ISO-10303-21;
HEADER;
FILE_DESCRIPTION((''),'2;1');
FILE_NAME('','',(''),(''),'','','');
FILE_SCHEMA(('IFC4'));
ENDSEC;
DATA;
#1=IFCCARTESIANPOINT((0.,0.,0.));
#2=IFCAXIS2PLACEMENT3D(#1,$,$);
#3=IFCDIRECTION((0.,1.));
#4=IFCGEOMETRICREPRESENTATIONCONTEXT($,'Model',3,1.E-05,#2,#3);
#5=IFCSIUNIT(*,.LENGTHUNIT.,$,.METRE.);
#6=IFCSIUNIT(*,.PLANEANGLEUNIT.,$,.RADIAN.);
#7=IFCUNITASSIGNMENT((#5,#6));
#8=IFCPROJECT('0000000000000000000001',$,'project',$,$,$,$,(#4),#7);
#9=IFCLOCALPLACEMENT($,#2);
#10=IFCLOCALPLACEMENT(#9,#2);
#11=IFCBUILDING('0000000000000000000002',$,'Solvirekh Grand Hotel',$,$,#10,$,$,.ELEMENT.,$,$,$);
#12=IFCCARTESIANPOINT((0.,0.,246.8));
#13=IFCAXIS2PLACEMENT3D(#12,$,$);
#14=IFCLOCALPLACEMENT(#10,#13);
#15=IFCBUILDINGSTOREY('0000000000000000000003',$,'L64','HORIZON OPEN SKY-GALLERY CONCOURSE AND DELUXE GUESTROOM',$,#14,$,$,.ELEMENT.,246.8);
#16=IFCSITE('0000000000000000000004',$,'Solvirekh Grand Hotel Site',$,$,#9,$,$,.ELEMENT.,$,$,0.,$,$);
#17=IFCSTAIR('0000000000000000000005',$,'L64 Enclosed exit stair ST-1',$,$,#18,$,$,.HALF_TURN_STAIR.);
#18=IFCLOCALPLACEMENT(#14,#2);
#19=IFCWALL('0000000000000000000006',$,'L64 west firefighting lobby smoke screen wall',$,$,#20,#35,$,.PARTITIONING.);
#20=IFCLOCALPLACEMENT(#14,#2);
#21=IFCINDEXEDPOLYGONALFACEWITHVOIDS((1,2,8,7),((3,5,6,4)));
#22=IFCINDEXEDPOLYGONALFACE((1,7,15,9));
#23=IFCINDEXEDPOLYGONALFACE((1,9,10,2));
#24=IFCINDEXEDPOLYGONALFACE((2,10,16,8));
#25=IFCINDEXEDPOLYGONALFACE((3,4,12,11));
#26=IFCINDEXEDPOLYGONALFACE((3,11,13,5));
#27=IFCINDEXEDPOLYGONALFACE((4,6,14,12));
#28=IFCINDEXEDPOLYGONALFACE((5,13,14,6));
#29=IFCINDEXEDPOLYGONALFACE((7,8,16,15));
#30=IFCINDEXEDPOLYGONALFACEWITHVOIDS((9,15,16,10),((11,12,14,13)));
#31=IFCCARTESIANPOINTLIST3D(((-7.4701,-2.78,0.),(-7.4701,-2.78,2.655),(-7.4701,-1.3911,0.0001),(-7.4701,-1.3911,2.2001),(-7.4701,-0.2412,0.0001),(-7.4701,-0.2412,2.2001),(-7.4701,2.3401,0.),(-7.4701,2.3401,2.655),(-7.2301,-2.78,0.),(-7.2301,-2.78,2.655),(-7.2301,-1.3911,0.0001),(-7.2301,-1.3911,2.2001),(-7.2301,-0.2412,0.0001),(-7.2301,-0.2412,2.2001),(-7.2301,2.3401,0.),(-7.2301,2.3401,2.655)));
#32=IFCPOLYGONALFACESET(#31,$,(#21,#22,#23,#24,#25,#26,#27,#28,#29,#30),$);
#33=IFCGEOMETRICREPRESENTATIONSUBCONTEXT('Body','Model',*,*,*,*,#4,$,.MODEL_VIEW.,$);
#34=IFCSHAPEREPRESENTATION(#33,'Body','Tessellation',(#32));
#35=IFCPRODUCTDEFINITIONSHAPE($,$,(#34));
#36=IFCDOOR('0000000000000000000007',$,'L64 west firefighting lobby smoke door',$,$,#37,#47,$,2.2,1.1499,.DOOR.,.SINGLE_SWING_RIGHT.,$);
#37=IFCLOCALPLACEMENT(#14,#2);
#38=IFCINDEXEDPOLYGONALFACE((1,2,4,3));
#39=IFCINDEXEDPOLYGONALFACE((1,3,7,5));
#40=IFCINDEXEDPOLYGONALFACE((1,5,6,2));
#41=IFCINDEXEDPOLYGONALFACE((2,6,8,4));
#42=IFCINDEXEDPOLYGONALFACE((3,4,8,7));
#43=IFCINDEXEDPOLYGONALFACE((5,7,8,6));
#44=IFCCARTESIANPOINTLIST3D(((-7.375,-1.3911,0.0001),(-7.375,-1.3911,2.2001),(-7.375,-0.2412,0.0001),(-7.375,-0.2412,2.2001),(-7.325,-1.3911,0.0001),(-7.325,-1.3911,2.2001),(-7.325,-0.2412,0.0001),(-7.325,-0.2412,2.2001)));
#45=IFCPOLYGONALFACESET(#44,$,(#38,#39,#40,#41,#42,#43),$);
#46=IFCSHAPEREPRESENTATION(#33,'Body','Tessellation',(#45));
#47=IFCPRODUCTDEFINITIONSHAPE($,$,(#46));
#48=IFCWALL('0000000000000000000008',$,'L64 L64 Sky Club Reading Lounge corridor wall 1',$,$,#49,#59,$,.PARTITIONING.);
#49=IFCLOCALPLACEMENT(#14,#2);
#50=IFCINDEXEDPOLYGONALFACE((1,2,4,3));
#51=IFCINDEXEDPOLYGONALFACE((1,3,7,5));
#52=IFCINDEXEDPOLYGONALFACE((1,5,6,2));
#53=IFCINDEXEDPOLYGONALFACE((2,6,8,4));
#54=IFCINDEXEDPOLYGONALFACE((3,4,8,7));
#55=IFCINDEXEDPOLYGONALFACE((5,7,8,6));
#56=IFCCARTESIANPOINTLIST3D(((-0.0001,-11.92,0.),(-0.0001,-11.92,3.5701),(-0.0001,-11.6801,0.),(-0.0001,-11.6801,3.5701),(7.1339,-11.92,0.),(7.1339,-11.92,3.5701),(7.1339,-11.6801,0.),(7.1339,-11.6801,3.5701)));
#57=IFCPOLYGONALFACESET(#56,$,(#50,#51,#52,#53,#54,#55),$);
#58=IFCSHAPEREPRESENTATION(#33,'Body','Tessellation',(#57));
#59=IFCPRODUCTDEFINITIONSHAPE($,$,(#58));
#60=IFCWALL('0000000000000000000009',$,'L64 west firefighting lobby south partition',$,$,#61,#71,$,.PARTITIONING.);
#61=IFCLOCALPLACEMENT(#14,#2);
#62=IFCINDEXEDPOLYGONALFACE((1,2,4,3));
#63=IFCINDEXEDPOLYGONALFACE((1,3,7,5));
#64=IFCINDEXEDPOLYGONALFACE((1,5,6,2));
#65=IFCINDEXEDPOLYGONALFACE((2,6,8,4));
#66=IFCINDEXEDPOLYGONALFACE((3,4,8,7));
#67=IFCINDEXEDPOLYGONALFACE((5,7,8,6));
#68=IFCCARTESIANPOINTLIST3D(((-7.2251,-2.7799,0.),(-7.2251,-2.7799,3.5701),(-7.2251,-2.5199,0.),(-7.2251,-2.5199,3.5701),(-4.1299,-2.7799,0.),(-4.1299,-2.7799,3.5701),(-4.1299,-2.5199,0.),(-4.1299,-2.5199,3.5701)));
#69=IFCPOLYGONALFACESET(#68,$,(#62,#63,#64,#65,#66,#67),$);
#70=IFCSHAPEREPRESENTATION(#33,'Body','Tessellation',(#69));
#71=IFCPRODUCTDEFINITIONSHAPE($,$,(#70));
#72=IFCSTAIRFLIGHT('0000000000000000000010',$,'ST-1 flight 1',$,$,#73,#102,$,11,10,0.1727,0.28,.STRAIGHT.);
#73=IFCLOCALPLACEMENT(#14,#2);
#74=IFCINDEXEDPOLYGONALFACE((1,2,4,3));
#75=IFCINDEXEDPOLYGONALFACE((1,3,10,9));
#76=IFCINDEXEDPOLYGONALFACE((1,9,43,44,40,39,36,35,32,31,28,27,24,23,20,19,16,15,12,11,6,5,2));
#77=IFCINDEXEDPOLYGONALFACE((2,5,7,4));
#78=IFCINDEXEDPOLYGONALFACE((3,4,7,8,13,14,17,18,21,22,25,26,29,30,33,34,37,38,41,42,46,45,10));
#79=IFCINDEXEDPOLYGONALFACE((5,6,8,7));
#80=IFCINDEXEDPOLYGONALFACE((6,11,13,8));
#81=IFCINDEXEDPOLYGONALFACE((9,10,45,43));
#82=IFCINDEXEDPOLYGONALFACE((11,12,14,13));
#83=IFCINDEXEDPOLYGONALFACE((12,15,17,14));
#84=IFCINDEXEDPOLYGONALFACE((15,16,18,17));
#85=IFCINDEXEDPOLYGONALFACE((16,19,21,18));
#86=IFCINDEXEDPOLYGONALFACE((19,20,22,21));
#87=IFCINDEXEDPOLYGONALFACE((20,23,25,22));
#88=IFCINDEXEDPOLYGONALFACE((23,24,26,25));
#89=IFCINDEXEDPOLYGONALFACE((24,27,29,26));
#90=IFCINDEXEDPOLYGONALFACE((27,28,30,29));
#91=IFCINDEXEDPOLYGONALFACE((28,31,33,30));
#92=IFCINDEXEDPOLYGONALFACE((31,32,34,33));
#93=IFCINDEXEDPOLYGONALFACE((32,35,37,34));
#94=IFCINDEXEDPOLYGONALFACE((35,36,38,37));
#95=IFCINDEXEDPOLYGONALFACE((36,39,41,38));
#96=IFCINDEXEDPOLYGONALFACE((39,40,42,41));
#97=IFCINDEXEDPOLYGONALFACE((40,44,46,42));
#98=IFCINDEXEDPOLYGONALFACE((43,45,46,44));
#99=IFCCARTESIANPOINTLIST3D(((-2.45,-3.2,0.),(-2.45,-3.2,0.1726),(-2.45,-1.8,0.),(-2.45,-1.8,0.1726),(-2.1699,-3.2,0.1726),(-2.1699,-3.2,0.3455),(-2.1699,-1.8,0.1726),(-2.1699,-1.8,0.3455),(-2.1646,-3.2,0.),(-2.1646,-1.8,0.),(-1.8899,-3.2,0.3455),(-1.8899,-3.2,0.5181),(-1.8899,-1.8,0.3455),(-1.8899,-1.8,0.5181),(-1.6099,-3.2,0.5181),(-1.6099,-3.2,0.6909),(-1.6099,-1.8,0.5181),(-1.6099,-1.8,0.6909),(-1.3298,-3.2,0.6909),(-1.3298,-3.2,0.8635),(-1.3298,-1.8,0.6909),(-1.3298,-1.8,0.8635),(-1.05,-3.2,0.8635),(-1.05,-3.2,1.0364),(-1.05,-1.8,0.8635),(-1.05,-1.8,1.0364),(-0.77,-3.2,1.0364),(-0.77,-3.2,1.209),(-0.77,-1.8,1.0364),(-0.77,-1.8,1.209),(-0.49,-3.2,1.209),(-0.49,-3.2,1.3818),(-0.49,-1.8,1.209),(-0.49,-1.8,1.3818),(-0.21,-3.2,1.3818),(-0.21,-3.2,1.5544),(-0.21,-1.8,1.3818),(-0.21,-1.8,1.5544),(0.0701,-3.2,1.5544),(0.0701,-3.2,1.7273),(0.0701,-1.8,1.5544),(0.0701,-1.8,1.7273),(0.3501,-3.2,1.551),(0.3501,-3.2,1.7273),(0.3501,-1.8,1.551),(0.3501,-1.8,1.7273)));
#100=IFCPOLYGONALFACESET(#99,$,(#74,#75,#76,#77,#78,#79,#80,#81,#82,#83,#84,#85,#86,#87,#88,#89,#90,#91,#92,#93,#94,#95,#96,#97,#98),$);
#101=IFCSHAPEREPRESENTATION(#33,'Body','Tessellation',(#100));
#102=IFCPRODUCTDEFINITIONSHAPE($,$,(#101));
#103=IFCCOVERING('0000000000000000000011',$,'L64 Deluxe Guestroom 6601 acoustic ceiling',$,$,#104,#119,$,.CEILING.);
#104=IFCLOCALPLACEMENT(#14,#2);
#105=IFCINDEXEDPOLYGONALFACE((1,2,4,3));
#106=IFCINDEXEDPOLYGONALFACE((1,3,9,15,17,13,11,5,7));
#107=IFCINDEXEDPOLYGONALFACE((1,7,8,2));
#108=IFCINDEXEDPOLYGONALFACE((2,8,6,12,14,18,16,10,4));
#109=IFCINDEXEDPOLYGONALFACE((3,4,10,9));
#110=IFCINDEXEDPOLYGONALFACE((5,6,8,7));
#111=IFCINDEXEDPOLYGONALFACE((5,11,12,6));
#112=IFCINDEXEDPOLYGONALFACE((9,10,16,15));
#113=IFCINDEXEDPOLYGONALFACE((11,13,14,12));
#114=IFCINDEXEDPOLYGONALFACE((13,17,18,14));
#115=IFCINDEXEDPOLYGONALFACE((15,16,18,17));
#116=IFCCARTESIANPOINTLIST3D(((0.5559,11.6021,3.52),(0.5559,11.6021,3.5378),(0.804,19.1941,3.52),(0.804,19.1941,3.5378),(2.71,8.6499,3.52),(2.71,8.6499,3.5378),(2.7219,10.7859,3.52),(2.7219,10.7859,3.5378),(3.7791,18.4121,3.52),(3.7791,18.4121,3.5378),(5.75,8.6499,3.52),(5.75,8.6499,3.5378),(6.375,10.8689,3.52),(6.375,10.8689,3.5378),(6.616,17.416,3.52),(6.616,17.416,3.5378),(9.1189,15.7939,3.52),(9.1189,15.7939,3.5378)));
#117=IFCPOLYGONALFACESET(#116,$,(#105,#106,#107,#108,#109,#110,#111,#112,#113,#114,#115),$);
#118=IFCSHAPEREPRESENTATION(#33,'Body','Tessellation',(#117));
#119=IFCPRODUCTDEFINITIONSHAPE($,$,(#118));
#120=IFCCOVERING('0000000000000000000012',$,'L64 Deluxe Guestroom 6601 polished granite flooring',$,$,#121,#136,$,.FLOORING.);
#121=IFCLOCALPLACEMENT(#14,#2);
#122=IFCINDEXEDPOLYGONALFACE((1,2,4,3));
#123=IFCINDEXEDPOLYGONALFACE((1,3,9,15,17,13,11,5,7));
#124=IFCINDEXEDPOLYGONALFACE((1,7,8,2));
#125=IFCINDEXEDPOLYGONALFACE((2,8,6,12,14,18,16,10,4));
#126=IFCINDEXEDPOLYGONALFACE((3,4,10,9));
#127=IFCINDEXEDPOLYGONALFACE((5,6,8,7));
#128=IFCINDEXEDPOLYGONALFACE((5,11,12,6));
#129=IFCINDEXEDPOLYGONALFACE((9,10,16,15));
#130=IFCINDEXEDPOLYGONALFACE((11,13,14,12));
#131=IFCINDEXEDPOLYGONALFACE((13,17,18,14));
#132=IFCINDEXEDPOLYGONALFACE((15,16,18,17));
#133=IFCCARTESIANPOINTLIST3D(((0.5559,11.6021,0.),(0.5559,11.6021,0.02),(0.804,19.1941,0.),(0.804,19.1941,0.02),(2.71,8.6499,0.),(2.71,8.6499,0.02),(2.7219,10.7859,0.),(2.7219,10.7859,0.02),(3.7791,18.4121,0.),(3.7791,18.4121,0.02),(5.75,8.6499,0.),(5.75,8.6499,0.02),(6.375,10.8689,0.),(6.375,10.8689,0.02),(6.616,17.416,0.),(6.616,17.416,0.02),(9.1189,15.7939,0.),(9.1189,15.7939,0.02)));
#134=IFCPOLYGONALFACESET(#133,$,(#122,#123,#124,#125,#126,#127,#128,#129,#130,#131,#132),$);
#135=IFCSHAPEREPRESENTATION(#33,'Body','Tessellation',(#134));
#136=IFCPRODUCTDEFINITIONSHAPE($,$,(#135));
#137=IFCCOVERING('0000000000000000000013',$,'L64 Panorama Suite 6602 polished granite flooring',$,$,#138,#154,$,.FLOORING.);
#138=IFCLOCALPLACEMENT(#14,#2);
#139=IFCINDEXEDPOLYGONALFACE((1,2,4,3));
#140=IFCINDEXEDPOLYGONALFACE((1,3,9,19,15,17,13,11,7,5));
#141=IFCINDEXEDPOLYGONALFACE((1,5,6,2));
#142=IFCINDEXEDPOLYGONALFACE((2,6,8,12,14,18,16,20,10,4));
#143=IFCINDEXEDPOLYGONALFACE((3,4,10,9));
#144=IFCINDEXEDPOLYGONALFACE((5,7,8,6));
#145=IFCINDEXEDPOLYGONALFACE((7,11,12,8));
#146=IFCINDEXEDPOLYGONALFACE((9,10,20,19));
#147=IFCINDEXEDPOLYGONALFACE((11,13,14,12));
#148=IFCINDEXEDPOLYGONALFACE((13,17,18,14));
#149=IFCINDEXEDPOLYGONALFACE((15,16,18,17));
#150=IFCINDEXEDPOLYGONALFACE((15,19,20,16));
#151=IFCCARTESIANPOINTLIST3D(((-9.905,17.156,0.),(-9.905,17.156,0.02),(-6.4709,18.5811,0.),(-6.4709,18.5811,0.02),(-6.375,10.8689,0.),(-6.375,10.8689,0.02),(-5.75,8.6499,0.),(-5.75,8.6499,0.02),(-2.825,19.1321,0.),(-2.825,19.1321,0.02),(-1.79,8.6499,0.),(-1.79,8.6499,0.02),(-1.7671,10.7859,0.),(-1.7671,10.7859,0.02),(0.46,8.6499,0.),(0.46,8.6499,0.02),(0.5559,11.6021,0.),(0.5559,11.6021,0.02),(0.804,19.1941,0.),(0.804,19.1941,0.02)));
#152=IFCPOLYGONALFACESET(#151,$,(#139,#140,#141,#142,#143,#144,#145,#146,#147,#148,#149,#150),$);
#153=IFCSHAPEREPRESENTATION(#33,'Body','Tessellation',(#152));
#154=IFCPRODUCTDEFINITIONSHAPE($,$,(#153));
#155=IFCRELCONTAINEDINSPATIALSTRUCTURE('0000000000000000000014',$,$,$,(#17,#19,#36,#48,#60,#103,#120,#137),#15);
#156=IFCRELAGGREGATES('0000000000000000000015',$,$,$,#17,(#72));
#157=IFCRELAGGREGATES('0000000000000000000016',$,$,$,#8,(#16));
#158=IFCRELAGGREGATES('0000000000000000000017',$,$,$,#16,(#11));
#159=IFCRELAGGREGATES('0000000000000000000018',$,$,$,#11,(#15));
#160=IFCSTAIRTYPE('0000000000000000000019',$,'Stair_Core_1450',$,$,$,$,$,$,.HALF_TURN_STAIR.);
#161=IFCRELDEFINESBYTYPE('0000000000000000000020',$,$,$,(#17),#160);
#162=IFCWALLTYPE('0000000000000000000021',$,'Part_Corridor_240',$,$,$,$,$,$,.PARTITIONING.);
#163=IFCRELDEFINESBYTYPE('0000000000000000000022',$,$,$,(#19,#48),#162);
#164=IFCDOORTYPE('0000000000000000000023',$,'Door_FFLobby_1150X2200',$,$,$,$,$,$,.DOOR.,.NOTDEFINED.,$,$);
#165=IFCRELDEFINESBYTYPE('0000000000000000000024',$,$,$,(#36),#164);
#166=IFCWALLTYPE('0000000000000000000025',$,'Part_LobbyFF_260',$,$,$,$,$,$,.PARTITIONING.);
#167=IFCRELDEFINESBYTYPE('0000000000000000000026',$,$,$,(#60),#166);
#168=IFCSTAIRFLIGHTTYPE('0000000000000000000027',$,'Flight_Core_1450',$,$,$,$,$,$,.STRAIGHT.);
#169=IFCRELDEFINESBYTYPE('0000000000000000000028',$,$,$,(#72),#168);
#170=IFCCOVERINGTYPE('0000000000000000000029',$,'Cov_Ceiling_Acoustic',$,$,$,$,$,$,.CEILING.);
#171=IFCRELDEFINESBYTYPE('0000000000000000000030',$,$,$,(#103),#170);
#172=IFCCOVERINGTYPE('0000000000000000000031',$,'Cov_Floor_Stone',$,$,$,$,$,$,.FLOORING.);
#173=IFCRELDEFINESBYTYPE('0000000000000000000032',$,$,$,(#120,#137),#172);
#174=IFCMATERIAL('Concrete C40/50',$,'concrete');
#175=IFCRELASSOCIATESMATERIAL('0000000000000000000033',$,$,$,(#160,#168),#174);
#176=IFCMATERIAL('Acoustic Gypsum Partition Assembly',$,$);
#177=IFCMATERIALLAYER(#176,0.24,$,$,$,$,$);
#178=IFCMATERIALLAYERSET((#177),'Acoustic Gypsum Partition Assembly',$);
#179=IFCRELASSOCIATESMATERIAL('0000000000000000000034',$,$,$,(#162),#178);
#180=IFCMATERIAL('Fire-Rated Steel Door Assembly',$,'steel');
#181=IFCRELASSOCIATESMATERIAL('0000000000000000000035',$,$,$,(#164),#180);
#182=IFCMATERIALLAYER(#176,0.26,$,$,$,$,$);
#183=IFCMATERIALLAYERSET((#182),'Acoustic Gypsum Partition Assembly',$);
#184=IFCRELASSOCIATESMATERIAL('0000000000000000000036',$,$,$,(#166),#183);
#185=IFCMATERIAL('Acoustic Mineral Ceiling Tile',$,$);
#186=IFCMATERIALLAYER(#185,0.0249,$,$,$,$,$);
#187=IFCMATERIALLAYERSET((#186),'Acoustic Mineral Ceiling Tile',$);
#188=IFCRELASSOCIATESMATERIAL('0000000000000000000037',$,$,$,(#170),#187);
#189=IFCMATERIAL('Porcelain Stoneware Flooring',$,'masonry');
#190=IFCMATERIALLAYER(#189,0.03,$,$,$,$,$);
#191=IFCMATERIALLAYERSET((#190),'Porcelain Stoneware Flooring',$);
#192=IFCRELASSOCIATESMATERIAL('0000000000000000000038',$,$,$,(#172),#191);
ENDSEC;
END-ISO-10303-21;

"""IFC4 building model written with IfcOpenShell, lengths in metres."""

from ifc_helpers import new_model, si_unit, direction, frame, frame_2d, origin, place, context, subcontext, project, spatial, polyline, rectangle, outline, extrude, material, layer, layer_set, type_object, element, fill, aggregate, save


model = new_model("IFC4")

# Units and contexts
model_context = context("Model", 3, precision=1e-05, world=origin(), true_north=direction((0.0, 1.0)))
body_context = subcontext(model_context, "Body", "Model", "MODEL_VIEW")
ifc_project = project(units=[si_unit("LENGTHUNIT", "METRE"), si_unit("PLANEANGLEUNIT", "RADIAN")], contexts=[model_context])

# Site, building, storey
site_placement = place(None, origin())
site = spatial("IfcSite", under=ifc_project, at=site_placement, Name="Solvirekh Grand Hotel Site", CompositionType="ELEMENT", RefElevation=0.0)
building_placement = place(site_placement, origin())
building = spatial("IfcBuilding", under=site, at=building_placement, Name="Solvirekh Grand Hotel", CompositionType="ELEMENT")
storey_placement = place(building_placement, frame((0.0, 0.0, 246.8)))
storey = spatial("IfcBuildingStorey", under=building, at=storey_placement, Name="L64", Description="HORIZON OPEN SKY-GALLERY CONCOURSE AND DELUXE GUESTROOM", CompositionType="ELEMENT", Elevation=246.8)

# Stair
ifc_material_1 = material(Name="Concrete C40/50", Category="concrete")
stair_type = type_object("IfcStairType", Name="Stair_Core_1450", PredefinedType="HALF_TURN_STAIR", material=ifc_material_1)
stair_1_placement = place(storey_placement, origin())
stair_1 = element("IfcStair", 1, at=stair_1_placement, inside=storey, type_object=stair_type, Name="L64 Enclosed exit stair ST-1", PredefinedType="HALF_TURN_STAIR")

# Shared definitions
ifc_material_2 = material(Name="Fire-Rated Steel Door Assembly", Category="steel")

# Shared definitions
ifc_material_3 = material(Name="Acoustic Gypsum Partition Assembly")

# Wall, opening, door
ifc_layer_1 = layer(ifc_material_3, 0.24)
ifc_layer_set_1 = layer_set([ifc_layer_1], Name="Acoustic Gypsum Partition Assembly")
wall_type_1 = type_object("IfcWallType", Name="Part_Corridor_240", PredefinedType="PARTITIONING", material=ifc_layer_set_1)
wall_1_placement = place(storey_placement, frame((-7.3501, -2.78, 0.0), z_axis=(0.0, 0.0, 1.0), x_axis=(0.0, 1.0, 0.0)))
wall_1 = element("IfcWall", 2, at=wall_1_placement, inside=storey, type_object=wall_type_1, Name="L64 west firefighting lobby smoke screen wall", PredefinedType="PARTITIONING", context=body_context, shape_type="SweptSolid", body=[
    extrude(rectangle(XDim=5.1201, YDim=0.24, at=frame_2d((2.5601, 0.0))), origin(), (0.0, 0.0, 1.0), 2.655),
])
opening_1_placement = place(wall_1_placement, frame((1.3889, 0.0, 0.0)))
opening_1 = element("IfcOpeningElement", 3, at=opening_1_placement, cuts=wall_1, PredefinedType="OPENING", context=body_context, shape_type="SweptSolid", body=[
    extrude(rectangle(XDim=1.1499, YDim=2.2, at=frame_2d((0.575, 1.1001))), frame((0.0, 0.1299, 0.0), z_axis=(0.0, -1.0, 0.0), x_axis=(1.0, 0.0, 0.0)), (0.0, 0.0, 1.0), 0.26),
])
door_type_1 = type_object("IfcDoorType", Name="Door_FFLobby_1150X2200", OperationType="NOTDEFINED", PredefinedType="DOOR", material=ifc_material_2)
door_1_placement = place(opening_1_placement, origin())
door_1 = element("IfcDoor", 4, at=door_1_placement, inside=storey, type_object=door_type_1, Name="L64 west firefighting lobby smoke door", OperationType="SINGLE_SWING_RIGHT", OverallHeight=2.2, OverallWidth=1.1499, PredefinedType="DOOR", context=body_context, shape_type="SweptSolid", body=[
    extrude(rectangle(XDim=1.1499, YDim=2.2, at=frame_2d((0.575, 1.1001))), frame((0.0, 0.0249, 0.0), z_axis=(0.0, -1.0, 0.0), x_axis=(1.0, 0.0, 0.0)), (0.0, 0.0, 1.0), 0.05),
])
fill(opening_1, door_1)

# Walls
wall_2_placement = place(storey_placement, frame((0.0, -11.8, 0.0), z_axis=(0.0, 0.0, 1.0), x_axis=(1.0, 0.0, 0.0)))
element("IfcWall", 5, at=wall_2_placement, inside=storey, type_object=wall_type_1, Name="L64 L64 Sky Club Reading Lounge corridor wall 1", PredefinedType="PARTITIONING", context=body_context, shape_type="SweptSolid", body=[
    extrude(rectangle(XDim=7.134, YDim=0.24, at=frame_2d((3.5669, 0.0))), origin(), (0.0, 0.0, 1.0), 3.5701),
])
ifc_layer_2 = layer(ifc_material_3, 0.26)
ifc_layer_set_2 = layer_set([ifc_layer_2], Name="Acoustic Gypsum Partition Assembly")
wall_type_2 = type_object("IfcWallType", Name="Part_LobbyFF_260", PredefinedType="PARTITIONING", material=ifc_layer_set_2)
wall_3_placement = place(storey_placement, frame((-7.2251, -2.6499, 0.0), z_axis=(0.0, 0.0, 1.0), x_axis=(1.0, 0.0, 0.0)))
element("IfcWall", 6, at=wall_3_placement, inside=storey, type_object=wall_type_2, Name="L64 west firefighting lobby south partition", PredefinedType="PARTITIONING", context=body_context, shape_type="SweptSolid", body=[
    extrude(rectangle(XDim=3.0952, YDim=0.26, at=frame_2d((1.5476, 0.0))), origin(), (0.0, 0.0, 1.0), 3.5701),
])

# Stair flight
stair_flight_type = type_object("IfcStairFlightType", Name="Flight_Core_1450", PredefinedType="STRAIGHT", material=ifc_material_1)
stair_flight_placement = place(storey_placement, frame((-2.45, -2.5, 0.0), z_axis=(0.0, 0.0, 1.0), x_axis=(1.0, 0.0, 0.0)))
stair_flight = element("IfcStairFlight", 7, at=stair_flight_placement, type_object=stair_flight_type, Name="ST-1 flight 1", NumberOfRisers=11, NumberOfTreads=10, PredefinedType="STRAIGHT", RiserHeight=0.1727, TreadLength=0.28, context=body_context, shape_type="SweptSolid", body=[
    extrude(outline(polyline([(0.0, 0.0), (0.0, 0.1726), (0.28, 0.1726), (0.28, 0.3455), (0.5601, 0.3455), (0.5601, 0.5181), (0.8401, 0.5181), (0.8401, 0.6909), (1.1201, 0.6909), (1.1201, 0.8635), (1.3999, 0.8635), (1.3999, 1.0364), (1.6799, 1.0364), (1.6799, 1.209), (1.96, 1.209), (1.96, 1.3818), (2.24, 1.3818), (2.24, 1.5544), (2.52, 1.5544), (2.52, 1.7273), (2.8, 1.7273), (2.8, 1.8999), (2.8, 1.551), (0.2854, 0.0), (0.0, 0.0)])), frame((0.0, 0.7, 0.0), z_axis=(0.0, -1.0, 0.0), x_axis=(1.0, 0.0, 0.0)), (0.0, 0.0, 1.0), 1.3999),
])
aggregate(stair_1, [stair_flight])

# Coverings
ifc_material_4 = material(Name="Acoustic Mineral Ceiling Tile")
ifc_layer_3 = layer(ifc_material_4, 0.0249)
ifc_layer_set_3 = layer_set([ifc_layer_3], Name="Acoustic Mineral Ceiling Tile")
covering_type_1 = type_object("IfcCoveringType", Name="Cov_Ceiling_Acoustic", PredefinedType="CEILING", material=ifc_layer_set_3)
covering_1_placement = place(storey_placement, frame((0.0, 0.0, 3.52)))
element("IfcCovering", 8, at=covering_1_placement, inside=storey, type_object=covering_type_1, Name="L64 Deluxe Guestroom 6601 acoustic ceiling", PredefinedType="CEILING", context=body_context, shape_type="SweptSolid", body=[
    extrude(outline(polyline([(0.5559, 11.6021), (2.7219, 10.7859), (2.71, 8.6499), (5.75, 8.6499), (6.375, 10.8689), (9.1189, 15.7939), (6.616, 17.416), (3.7791, 18.4121), (0.804, 19.1941), (0.5559, 11.6021)])), origin(), (0.0, 0.0, 1.0), 0.0178),
])
ifc_material_5 = material(Name="Porcelain Stoneware Flooring", Category="masonry")
ifc_layer_4 = layer(ifc_material_5, 0.03)
ifc_layer_set_4 = layer_set([ifc_layer_4], Name="Porcelain Stoneware Flooring")
covering_type_2 = type_object("IfcCoveringType", Name="Cov_Floor_Stone", PredefinedType="FLOORING", material=ifc_layer_set_4)
covering_2_placement = place(storey_placement, origin())
element("IfcCovering", 9, at=covering_2_placement, inside=storey, type_object=covering_type_2, Name="L64 Deluxe Guestroom 6601 polished granite flooring", PredefinedType="FLOORING", context=body_context, shape_type="SweptSolid", body=[
    extrude(outline(polyline([(0.5559, 11.6021), (2.7219, 10.7859), (2.71, 8.6499), (5.75, 8.6499), (6.375, 10.8689), (9.1189, 15.7939), (6.616, 17.416), (3.7791, 18.4121), (0.804, 19.1941), (0.5559, 11.6021)])), origin(), (0.0, 0.0, 1.0), 0.02),
])
covering_3_placement = place(storey_placement, origin())
element("IfcCovering", 10, at=covering_3_placement, inside=storey, type_object=covering_type_2, Name="L64 Panorama Suite 6602 polished granite flooring", PredefinedType="FLOORING", context=body_context, shape_type="SweptSolid", body=[
    extrude(outline(polyline([(-1.79, 8.6499), (-1.7671, 10.7859), (0.5559, 11.6021), (0.46, 8.6499), (0.804, 19.1941), (-2.825, 19.1321), (-6.4709, 18.5811), (-9.905, 17.156), (-6.375, 10.8689), (-5.75, 8.6499), (-1.79, 8.6499)])), origin(), (0.0, 0.0, 1.0), 0.02),
])

save(model, "model.ifc")
